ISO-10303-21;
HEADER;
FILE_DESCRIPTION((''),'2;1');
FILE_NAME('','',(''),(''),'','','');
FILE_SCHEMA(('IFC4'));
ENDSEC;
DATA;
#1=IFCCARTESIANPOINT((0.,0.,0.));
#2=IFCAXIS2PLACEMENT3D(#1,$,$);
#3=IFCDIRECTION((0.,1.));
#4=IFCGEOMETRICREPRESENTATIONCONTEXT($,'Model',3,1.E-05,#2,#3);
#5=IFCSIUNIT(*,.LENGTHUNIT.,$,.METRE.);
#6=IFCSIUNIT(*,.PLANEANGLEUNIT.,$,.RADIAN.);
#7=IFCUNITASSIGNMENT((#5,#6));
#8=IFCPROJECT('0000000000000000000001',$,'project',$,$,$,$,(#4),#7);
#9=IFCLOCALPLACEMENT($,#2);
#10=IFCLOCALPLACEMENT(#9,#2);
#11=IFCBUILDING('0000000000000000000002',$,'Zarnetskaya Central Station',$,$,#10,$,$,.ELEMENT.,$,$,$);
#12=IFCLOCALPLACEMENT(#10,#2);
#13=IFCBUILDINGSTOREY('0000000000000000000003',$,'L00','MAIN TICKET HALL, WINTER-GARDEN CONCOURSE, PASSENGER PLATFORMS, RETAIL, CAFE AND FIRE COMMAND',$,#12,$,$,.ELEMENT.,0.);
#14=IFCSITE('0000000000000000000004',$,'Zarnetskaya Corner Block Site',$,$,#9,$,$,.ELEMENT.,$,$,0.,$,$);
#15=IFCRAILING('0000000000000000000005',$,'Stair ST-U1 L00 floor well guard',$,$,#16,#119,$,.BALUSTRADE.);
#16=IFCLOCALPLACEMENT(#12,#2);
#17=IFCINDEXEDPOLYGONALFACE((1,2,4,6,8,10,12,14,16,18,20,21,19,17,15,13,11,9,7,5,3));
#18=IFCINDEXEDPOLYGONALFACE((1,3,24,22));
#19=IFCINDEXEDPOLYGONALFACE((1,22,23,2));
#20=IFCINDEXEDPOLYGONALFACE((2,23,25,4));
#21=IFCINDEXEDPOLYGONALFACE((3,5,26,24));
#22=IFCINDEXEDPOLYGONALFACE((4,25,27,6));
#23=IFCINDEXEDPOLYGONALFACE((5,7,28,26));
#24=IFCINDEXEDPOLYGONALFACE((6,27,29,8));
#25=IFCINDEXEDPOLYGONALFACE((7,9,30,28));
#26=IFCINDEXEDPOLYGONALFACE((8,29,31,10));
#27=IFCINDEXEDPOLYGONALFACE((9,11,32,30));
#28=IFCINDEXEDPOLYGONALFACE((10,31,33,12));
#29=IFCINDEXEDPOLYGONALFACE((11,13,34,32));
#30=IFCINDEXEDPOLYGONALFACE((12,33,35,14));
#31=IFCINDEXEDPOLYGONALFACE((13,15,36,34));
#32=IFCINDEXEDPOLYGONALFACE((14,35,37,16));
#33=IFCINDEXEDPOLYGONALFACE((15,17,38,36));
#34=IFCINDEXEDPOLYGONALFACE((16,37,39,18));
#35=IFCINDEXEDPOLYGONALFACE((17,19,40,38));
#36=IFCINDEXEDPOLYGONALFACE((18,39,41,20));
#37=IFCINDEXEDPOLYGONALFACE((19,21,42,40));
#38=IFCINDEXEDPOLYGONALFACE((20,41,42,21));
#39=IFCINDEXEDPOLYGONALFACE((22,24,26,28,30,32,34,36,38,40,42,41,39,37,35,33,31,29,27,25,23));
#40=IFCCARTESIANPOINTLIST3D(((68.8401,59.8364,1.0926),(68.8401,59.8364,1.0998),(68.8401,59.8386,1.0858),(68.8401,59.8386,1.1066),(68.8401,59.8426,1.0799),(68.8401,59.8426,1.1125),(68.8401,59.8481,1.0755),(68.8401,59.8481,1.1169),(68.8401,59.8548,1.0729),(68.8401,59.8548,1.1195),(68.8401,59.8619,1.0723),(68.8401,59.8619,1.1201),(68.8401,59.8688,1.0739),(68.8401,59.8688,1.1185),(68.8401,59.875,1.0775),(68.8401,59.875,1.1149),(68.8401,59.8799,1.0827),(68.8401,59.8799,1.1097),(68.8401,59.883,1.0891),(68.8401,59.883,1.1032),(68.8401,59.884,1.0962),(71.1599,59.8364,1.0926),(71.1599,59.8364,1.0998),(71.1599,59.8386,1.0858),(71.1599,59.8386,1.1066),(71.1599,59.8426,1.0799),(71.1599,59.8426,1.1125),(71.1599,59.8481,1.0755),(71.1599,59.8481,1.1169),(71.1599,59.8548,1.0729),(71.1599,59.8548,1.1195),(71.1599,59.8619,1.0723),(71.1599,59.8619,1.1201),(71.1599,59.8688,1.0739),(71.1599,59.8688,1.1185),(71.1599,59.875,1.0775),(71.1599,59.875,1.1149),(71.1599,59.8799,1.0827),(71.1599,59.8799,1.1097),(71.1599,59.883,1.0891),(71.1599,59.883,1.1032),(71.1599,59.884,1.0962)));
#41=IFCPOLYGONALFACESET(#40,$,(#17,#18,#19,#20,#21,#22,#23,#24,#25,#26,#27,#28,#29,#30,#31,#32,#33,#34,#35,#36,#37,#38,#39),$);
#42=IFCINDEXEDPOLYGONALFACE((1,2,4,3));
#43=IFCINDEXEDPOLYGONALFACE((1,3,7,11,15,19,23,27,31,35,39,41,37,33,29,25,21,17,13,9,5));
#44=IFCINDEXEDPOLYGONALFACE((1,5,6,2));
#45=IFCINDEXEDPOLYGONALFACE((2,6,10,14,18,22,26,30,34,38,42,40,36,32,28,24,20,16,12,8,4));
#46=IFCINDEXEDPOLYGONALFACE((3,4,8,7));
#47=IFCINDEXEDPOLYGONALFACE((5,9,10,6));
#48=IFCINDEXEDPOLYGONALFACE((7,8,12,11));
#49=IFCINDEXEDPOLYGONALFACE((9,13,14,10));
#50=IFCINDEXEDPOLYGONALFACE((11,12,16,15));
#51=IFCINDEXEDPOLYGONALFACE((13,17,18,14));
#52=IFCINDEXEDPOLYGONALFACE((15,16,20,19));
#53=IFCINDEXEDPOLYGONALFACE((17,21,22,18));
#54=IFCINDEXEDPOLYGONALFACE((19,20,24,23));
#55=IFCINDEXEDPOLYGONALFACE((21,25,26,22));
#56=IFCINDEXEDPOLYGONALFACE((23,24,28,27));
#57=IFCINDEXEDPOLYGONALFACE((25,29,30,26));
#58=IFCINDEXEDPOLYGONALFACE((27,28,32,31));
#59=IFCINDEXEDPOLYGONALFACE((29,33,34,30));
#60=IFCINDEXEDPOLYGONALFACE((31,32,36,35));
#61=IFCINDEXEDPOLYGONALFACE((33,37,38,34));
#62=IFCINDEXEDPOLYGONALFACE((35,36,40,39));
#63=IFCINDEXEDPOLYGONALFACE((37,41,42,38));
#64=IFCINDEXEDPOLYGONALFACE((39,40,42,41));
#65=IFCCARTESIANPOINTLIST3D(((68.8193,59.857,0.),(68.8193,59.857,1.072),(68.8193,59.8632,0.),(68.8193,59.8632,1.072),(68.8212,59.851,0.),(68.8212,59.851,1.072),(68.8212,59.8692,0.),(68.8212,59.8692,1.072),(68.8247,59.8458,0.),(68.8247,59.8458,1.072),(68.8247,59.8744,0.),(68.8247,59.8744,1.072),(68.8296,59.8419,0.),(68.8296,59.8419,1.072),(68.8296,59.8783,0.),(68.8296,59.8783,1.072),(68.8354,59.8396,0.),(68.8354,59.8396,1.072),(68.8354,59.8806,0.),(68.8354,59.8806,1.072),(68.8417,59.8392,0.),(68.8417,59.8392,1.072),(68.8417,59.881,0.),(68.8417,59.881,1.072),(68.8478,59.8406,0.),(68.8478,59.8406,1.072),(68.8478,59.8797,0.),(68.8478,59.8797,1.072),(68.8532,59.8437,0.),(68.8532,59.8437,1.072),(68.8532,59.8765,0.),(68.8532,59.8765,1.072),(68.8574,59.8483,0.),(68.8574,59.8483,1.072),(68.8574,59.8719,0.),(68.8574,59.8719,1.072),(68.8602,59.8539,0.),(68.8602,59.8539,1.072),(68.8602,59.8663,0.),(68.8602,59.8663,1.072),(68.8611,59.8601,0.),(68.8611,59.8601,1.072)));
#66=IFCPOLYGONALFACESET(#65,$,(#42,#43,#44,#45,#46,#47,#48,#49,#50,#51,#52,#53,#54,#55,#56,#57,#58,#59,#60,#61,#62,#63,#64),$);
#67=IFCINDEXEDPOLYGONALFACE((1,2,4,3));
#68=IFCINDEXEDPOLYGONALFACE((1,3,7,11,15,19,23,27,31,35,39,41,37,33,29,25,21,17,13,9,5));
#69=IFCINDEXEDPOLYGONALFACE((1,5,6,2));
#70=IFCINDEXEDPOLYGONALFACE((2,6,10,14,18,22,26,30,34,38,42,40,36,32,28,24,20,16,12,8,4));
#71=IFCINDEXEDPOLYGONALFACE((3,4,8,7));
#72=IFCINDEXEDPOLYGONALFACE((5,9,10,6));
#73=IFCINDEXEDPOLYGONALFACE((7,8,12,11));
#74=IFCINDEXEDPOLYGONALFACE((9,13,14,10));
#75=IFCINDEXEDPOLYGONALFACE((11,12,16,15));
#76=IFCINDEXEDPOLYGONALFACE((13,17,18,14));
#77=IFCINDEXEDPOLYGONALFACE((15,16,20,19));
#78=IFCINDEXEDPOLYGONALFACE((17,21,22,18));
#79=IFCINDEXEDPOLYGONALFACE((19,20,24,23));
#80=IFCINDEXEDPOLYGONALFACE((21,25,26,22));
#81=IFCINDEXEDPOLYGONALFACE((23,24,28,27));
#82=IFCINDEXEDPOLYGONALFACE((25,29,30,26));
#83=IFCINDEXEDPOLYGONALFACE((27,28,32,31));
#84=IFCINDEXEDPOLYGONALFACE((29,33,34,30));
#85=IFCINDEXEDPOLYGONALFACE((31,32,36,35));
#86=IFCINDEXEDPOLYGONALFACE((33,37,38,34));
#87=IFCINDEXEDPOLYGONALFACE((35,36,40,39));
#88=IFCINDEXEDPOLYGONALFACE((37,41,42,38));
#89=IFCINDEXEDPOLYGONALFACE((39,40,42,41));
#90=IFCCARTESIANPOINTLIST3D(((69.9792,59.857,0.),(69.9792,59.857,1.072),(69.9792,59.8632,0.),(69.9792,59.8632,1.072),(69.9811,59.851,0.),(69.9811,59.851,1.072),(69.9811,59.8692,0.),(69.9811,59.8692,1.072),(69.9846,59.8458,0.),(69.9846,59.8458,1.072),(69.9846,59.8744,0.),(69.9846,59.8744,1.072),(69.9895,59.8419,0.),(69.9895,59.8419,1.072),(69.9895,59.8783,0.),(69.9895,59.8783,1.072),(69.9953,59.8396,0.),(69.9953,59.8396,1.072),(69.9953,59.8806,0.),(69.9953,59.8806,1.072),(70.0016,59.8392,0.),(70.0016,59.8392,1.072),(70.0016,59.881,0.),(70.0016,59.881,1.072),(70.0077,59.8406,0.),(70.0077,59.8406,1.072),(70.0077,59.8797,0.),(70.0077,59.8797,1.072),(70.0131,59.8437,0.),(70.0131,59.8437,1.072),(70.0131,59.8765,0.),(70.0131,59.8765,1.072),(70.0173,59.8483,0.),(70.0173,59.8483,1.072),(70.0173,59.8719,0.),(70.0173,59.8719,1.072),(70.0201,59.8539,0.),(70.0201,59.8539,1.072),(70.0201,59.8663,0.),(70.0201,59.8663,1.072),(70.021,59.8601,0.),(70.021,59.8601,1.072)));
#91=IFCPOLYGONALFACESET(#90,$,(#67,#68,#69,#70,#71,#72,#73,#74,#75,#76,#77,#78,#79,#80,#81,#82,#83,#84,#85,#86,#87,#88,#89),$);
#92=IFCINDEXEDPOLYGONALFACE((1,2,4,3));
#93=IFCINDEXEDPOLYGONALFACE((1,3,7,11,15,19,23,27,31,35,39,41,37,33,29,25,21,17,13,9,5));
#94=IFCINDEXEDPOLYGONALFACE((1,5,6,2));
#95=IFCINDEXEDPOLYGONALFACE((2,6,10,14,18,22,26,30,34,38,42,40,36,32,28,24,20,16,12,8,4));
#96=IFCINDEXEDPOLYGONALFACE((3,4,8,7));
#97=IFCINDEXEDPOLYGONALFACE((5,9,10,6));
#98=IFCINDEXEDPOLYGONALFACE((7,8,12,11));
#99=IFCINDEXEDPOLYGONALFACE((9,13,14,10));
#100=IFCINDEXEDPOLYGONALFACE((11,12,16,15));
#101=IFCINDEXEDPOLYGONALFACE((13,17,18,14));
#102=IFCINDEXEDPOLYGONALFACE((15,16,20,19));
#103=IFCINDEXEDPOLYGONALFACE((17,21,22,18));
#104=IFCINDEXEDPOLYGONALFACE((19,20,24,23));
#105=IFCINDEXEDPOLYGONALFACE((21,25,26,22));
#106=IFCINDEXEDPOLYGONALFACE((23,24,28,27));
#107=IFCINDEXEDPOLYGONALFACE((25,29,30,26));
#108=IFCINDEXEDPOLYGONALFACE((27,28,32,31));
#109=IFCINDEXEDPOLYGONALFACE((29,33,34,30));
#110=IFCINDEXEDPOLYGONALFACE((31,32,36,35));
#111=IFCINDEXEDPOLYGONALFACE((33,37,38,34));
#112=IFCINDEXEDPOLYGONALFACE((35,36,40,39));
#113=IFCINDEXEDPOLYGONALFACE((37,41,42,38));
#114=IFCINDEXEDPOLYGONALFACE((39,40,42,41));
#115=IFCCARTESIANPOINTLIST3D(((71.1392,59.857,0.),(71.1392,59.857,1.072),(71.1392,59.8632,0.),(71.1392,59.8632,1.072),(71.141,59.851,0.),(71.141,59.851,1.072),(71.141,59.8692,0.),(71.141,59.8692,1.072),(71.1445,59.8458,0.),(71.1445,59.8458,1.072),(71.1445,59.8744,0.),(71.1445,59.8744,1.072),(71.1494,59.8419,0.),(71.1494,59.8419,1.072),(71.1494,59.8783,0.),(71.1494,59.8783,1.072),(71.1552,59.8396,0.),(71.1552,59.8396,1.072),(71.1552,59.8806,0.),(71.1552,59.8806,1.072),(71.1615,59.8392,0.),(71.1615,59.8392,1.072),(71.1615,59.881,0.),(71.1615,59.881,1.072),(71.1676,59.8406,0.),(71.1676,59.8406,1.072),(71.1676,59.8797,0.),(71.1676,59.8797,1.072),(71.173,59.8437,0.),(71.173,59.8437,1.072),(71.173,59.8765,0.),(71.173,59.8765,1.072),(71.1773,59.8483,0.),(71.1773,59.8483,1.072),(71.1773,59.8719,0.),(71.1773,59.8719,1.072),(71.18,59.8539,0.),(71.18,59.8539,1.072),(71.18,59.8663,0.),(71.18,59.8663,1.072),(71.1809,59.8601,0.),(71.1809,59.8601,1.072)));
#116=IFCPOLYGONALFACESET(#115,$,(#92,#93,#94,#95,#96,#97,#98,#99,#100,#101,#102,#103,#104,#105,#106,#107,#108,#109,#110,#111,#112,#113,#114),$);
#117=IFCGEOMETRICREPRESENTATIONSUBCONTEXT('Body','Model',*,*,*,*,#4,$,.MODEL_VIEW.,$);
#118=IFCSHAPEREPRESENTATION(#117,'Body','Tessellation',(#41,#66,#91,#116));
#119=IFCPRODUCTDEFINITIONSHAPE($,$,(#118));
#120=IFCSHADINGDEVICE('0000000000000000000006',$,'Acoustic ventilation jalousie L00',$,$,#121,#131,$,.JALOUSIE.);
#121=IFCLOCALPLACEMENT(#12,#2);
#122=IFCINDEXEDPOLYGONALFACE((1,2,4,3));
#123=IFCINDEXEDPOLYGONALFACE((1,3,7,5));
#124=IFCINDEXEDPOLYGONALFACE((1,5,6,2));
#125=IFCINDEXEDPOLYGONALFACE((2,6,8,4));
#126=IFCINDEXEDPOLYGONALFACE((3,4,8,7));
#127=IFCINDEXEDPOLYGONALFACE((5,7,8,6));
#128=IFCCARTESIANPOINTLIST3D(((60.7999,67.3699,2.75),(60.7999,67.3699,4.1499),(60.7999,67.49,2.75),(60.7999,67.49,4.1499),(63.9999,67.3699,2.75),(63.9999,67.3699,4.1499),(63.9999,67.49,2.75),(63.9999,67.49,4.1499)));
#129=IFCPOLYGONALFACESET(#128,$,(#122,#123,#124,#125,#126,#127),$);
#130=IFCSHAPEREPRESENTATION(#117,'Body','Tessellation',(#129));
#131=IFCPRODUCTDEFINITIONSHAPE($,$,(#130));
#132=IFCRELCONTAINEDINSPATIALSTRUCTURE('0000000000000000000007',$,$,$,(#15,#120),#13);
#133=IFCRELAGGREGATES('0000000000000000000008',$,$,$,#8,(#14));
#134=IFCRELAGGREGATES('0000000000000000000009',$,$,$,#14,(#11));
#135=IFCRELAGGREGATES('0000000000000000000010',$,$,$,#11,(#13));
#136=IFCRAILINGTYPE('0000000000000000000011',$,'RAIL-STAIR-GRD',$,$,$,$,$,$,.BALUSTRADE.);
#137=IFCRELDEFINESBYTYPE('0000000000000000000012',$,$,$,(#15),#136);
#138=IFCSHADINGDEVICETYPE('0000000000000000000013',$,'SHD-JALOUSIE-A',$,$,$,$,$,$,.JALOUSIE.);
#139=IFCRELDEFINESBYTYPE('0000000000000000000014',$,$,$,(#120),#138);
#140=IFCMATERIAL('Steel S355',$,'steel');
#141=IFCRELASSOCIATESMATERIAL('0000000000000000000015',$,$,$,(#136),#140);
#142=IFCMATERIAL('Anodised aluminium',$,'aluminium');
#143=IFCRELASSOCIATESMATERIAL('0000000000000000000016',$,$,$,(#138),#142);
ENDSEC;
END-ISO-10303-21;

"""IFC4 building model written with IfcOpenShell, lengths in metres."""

from ifc_helpers import new_model, si_unit, direction, frame, origin, origin_2d, place, context, subcontext, project, spatial, rectangle, circle, extrude, material, type_object, element, save


model = new_model("IFC4")

# Units and contexts
model_context = context("Model", 3, precision=1e-05, world=origin(), true_north=direction((0.0, 1.0)))
body_context = subcontext(model_context, "Body", "Model", "MODEL_VIEW")
ifc_project = project(units=[si_unit("LENGTHUNIT", "METRE"), si_unit("PLANEANGLEUNIT", "RADIAN")], contexts=[model_context])

# Site, building, storey
site_placement = place(None, origin())
site = spatial("IfcSite", under=ifc_project, at=site_placement, Name="Zarnetskaya Corner Block Site", CompositionType="ELEMENT", RefElevation=0.0)
building_placement = place(site_placement, origin())
building = spatial("IfcBuilding", under=site, at=building_placement, Name="Zarnetskaya Central Station", CompositionType="ELEMENT")
storey_placement = place(building_placement, origin())
storey = spatial("IfcBuildingStorey", under=building, at=storey_placement, Name="L00", Description="MAIN TICKET HALL, WINTER-GARDEN CONCOURSE, PASSENGER PLATFORMS, RETAIL, CAFE AND FIRE COMMAND", CompositionType="ELEMENT", Elevation=0.0)

# Shared definitions
ifc_material_1 = material(Name="Steel S355", Category="steel")

# Shared definitions
ifc_material_2 = material(Name="Anodised aluminium", Category="aluminium")

# Railing
railing_type_1 = type_object("IfcRailingType", Name="RAIL-STAIR-GRD", PredefinedType="BALUSTRADE", material=ifc_material_1)
railing_1_placement = place(storey_placement, frame((68.8401, 59.8601, 0.0)))
element("IfcRailing", 1, at=railing_1_placement, inside=storey, type_object=railing_type_1, Name="Stair ST-U1 L00 floor well guard", PredefinedType="BALUSTRADE", context=body_context, shape_type="SweptSolid", body=[
    extrude(circle(Radius=0.0239, at=origin_2d()), frame((0.0, 0.0, 1.0962), z_axis=(1.0, 0.0, 0.0), x_axis=(0.0, 1.0, 0.0)), (0.0, 0.0, 1.0), 2.3198),
    extrude(circle(Radius=0.021, at=origin_2d()), origin(), (0.0, 0.0, 1.0), 1.072),
    extrude(circle(Radius=0.021, at=origin_2d()), frame((1.1599, 0.0, 0.0)), (0.0, 0.0, 1.0), 1.072),
    extrude(circle(Radius=0.021, at=origin_2d()), frame((2.3198, 0.0, 0.0)), (0.0, 0.0, 1.0), 1.072),
])

# Shading device
shading_device_type = type_object("IfcShadingDeviceType", Name="SHD-JALOUSIE-A", PredefinedType="JALOUSIE", material=ifc_material_2)
shading_device_placement = place(storey_placement, frame((62.3999, 67.4299, 2.75), z_axis=(0.0, 0.0, 1.0), x_axis=(1.0, 0.0, 0.0)))
element("IfcShadingDevice", 2, at=shading_device_placement, inside=storey, type_object=shading_device_type, Name="Acoustic ventilation jalousie L00", PredefinedType="JALOUSIE", context=body_context, shape_type="SweptSolid", body=[
    extrude(rectangle(XDim=3.2, YDim=0.1201, at=origin_2d()), origin(), (0.0, 0.0, 1.0), 1.3999),
])

save(model, "model.ifc")
